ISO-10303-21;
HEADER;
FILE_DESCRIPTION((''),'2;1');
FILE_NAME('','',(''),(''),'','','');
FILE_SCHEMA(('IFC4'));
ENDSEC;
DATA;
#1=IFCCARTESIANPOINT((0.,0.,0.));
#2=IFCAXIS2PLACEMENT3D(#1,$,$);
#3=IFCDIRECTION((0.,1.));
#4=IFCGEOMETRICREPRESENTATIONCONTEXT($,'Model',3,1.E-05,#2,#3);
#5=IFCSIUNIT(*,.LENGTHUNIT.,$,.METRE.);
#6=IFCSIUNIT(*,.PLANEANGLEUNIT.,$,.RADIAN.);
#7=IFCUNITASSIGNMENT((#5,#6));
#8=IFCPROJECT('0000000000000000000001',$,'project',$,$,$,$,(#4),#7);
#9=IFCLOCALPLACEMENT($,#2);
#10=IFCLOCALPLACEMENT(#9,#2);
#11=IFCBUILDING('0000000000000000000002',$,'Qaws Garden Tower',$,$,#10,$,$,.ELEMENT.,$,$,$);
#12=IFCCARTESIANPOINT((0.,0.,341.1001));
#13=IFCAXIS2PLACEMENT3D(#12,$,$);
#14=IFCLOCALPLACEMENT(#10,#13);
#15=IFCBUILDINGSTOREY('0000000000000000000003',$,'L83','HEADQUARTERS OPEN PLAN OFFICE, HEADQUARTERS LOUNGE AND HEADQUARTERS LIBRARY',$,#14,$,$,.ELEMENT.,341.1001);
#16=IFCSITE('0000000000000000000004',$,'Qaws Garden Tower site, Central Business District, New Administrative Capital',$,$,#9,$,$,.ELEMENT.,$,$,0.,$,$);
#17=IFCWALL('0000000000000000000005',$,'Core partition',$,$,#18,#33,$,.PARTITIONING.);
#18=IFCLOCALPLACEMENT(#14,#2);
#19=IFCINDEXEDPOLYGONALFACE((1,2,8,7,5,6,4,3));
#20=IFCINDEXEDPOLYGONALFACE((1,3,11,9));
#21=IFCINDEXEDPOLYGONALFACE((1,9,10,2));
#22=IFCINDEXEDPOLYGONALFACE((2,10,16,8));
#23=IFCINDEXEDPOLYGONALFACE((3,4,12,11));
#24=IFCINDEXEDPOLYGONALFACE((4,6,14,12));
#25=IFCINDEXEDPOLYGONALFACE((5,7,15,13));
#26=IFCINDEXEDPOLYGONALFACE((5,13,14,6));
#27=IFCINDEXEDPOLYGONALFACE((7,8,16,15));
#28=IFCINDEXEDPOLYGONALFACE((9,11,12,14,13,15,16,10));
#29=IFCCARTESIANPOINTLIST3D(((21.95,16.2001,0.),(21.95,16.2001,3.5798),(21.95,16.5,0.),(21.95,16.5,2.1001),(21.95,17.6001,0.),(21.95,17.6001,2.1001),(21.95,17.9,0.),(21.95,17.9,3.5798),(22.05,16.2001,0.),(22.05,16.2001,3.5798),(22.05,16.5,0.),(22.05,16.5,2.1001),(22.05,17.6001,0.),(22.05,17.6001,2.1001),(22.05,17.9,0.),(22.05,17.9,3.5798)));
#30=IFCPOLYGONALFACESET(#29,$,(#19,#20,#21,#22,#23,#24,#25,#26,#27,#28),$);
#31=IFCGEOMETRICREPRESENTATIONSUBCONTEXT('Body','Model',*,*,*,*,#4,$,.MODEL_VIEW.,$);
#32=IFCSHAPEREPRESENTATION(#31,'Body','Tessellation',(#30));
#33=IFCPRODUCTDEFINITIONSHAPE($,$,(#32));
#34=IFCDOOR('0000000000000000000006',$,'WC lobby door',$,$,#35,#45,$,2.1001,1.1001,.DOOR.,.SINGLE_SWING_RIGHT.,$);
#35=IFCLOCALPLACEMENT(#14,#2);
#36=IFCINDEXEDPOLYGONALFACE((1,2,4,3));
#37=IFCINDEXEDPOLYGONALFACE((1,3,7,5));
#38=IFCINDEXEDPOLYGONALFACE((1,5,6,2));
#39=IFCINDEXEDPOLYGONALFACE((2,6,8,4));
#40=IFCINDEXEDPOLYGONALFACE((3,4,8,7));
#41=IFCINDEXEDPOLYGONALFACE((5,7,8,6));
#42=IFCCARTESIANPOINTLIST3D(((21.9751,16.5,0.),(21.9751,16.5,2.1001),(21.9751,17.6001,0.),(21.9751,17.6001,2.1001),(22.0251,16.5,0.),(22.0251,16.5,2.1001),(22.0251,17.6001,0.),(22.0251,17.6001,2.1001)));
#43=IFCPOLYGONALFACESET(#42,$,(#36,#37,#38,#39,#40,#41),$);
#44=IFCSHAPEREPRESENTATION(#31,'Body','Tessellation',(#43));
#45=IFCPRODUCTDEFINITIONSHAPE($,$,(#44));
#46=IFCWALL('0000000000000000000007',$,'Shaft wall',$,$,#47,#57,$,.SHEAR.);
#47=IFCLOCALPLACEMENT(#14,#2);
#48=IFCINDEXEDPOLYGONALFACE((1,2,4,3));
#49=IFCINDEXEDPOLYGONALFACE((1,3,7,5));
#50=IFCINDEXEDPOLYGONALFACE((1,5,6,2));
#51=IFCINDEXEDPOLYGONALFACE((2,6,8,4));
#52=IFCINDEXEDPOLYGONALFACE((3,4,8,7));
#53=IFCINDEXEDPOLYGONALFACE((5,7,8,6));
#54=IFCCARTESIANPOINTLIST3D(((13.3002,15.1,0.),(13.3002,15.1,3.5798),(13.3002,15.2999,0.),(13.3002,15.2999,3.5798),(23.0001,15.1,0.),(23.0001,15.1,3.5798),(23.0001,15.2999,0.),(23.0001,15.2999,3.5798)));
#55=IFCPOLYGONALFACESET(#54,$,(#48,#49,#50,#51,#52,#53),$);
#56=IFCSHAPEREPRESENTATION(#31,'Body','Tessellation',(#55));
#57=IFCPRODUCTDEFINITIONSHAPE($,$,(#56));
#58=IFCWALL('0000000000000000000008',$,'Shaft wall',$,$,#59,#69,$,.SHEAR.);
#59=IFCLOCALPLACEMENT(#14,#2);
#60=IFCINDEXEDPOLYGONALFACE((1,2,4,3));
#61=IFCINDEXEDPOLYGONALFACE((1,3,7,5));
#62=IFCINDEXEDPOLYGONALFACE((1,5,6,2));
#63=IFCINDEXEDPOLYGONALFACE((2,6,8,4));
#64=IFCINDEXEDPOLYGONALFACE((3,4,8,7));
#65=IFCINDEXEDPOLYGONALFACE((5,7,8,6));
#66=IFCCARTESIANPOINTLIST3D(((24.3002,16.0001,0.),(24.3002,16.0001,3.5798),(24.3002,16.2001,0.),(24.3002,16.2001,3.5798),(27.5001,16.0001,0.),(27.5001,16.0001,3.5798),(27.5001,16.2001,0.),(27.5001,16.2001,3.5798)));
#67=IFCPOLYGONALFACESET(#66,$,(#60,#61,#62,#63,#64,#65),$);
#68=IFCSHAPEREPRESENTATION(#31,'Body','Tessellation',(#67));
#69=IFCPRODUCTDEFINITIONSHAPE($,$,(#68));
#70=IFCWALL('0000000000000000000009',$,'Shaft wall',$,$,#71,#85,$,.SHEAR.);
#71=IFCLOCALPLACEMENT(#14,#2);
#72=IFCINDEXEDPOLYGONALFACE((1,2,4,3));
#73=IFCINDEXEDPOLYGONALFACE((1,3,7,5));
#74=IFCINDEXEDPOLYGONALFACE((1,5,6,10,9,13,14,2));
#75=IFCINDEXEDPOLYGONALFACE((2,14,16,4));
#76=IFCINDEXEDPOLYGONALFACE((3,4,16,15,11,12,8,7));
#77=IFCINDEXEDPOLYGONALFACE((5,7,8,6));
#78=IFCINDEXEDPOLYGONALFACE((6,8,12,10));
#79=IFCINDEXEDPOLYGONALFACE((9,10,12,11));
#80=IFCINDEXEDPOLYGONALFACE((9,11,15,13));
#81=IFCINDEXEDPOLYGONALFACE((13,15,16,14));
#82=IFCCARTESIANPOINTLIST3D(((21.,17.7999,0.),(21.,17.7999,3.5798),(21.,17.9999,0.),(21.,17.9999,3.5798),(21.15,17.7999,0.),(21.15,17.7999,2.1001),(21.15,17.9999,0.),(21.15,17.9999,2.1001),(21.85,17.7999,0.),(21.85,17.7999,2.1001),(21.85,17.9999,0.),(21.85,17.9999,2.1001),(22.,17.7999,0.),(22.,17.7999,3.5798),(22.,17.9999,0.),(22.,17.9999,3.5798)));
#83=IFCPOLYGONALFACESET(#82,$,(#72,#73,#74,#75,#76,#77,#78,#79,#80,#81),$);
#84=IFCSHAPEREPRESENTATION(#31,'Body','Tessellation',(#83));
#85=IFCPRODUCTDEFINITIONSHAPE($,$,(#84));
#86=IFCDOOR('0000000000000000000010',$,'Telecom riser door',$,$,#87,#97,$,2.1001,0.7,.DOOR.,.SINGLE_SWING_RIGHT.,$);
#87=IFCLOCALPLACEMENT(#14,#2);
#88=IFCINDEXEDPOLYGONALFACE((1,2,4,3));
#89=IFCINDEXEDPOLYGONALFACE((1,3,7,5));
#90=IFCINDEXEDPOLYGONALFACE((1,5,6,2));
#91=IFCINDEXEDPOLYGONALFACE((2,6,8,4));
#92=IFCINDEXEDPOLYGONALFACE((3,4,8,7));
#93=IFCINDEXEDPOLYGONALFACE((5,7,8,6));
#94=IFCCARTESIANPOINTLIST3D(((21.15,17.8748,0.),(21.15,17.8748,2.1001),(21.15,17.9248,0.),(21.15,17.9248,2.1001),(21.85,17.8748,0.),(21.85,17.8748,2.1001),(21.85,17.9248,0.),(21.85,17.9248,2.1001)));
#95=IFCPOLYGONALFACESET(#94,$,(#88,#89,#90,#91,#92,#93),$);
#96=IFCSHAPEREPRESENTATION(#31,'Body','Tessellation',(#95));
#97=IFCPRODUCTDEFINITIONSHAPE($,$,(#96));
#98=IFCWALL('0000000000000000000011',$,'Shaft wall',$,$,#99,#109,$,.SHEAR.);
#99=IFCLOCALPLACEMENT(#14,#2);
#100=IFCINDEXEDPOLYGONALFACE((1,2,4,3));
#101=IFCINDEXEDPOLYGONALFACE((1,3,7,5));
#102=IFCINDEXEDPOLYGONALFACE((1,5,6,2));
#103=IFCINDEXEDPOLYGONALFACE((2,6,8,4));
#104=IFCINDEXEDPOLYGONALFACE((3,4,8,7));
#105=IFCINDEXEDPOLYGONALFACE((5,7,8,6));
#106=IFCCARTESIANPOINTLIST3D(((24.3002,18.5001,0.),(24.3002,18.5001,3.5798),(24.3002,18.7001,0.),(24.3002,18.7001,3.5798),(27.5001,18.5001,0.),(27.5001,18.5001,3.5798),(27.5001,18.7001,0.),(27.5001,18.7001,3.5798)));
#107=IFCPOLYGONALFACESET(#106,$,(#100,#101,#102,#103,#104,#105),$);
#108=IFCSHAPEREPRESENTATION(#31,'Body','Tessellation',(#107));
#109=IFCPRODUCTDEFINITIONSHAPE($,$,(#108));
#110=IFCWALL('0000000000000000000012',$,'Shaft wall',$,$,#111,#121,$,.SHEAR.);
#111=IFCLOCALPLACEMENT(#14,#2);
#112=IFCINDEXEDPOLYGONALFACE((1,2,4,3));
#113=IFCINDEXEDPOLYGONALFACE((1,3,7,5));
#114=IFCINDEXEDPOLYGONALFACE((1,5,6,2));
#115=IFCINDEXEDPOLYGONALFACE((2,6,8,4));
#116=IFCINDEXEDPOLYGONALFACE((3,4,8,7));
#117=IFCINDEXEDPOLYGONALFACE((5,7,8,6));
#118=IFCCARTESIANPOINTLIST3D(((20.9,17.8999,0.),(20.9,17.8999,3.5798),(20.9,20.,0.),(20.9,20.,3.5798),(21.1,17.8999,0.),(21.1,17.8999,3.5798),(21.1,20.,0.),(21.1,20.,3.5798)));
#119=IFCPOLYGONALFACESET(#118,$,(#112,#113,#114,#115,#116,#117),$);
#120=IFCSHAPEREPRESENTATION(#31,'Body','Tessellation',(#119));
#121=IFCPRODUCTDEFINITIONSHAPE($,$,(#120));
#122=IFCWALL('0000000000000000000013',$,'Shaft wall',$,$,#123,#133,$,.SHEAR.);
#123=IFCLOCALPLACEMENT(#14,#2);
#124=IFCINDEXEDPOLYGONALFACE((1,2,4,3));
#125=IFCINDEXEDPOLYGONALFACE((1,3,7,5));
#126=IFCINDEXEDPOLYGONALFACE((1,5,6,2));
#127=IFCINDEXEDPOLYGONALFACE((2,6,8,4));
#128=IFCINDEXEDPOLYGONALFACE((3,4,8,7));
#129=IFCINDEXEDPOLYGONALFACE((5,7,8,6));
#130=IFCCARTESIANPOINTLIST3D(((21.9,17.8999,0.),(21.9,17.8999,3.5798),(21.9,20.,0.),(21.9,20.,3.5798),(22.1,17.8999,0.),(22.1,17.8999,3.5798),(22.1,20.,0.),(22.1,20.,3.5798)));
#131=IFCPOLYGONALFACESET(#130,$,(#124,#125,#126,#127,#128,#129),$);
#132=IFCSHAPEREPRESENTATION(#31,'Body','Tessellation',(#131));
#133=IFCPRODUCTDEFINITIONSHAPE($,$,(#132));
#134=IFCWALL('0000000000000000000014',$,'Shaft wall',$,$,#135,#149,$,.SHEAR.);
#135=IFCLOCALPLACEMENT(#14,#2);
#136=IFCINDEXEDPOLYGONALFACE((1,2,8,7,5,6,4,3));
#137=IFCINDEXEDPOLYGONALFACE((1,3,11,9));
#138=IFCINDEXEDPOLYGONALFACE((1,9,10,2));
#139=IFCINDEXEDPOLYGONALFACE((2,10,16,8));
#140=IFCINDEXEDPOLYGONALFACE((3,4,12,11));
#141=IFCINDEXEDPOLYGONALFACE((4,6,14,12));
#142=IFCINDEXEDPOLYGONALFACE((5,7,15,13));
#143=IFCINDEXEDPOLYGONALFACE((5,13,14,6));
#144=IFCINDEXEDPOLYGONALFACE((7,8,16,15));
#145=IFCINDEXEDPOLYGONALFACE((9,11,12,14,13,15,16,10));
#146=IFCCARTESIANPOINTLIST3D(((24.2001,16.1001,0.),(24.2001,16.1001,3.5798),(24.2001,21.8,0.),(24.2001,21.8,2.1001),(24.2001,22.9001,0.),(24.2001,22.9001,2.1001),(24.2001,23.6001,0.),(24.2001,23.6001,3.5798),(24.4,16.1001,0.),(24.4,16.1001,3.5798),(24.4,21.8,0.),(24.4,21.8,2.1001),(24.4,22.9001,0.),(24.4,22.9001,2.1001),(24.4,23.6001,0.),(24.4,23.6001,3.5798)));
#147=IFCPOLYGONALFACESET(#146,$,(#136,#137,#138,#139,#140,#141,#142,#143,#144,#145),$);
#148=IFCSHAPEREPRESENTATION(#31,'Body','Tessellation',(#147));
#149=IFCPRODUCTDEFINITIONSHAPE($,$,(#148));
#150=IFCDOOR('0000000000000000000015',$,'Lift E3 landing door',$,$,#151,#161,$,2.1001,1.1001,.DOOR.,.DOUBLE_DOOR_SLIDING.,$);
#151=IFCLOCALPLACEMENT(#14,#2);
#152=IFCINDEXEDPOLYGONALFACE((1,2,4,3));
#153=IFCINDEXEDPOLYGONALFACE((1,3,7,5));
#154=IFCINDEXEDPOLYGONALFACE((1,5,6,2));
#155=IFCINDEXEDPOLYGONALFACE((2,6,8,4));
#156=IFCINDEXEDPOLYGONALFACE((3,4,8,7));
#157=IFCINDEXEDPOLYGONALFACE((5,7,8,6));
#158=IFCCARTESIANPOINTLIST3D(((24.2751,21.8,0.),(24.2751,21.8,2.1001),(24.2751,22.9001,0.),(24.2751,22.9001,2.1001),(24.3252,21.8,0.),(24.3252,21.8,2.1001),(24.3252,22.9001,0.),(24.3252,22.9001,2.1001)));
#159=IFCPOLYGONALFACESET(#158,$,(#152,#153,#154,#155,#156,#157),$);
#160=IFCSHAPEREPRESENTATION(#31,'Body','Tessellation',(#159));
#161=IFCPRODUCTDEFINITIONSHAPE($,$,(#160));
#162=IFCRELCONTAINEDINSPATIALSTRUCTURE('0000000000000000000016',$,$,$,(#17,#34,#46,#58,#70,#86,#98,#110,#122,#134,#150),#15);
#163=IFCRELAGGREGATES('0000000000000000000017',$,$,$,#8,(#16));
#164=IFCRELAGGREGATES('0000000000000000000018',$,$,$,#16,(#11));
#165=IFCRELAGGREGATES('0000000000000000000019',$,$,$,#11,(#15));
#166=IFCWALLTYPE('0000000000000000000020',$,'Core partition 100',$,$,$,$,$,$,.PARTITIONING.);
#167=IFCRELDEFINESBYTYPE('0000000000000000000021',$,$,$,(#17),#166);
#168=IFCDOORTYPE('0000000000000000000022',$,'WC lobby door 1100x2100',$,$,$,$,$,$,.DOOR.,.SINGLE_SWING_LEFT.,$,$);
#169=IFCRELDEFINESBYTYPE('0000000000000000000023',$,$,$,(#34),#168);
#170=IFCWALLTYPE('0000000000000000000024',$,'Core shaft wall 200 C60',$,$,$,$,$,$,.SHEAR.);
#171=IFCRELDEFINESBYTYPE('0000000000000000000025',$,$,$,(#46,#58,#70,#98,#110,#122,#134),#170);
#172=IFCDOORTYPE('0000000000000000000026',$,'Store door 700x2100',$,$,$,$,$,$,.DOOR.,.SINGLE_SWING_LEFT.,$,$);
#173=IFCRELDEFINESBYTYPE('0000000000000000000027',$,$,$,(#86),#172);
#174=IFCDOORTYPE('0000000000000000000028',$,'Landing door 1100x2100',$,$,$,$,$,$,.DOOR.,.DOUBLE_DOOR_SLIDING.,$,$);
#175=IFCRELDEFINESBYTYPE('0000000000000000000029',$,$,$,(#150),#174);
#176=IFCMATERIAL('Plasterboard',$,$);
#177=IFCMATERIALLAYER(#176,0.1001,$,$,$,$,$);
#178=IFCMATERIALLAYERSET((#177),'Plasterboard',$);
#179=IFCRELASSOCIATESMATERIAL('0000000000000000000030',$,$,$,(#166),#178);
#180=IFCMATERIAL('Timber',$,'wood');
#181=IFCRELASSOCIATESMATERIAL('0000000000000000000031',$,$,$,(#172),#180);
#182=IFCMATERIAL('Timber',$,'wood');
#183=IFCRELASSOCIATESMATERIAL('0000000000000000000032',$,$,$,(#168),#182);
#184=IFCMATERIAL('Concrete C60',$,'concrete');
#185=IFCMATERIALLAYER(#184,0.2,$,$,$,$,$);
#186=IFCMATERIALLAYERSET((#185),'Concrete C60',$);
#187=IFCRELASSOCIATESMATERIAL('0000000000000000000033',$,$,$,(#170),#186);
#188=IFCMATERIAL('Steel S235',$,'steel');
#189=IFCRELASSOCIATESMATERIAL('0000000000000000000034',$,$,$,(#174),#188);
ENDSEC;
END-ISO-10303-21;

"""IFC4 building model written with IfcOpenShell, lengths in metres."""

from ifc_helpers import new_model, si_unit, direction, frame, frame_2d, origin, place, context, subcontext, project, spatial, rectangle, extrude, material, layer, layer_set, type_object, element, fill, save


model = new_model("IFC4")

# Units and contexts
model_context = context("Model", 3, precision=1e-05, world=origin(), true_north=direction((0.0, 1.0)))
body_context = subcontext(model_context, "Body", "Model", "MODEL_VIEW")
ifc_project = project(units=[si_unit("LENGTHUNIT", "METRE"), si_unit("PLANEANGLEUNIT", "RADIAN")], contexts=[model_context])

# Site, building, storey
site_placement = place(None, origin())
site = spatial("IfcSite", under=ifc_project, at=site_placement, Name="Qaws Garden Tower site, Central Business District, New Administrative Capital", CompositionType="ELEMENT", RefElevation=0.0)
building_placement = place(site_placement, origin())
building = spatial("IfcBuilding", under=site, at=building_placement, Name="Qaws Garden Tower", CompositionType="ELEMENT")
storey_placement = place(building_placement, frame((0.0, 0.0, 341.1001)))
storey = spatial("IfcBuildingStorey", under=building, at=storey_placement, Name="L83", Description="HEADQUARTERS OPEN PLAN OFFICE, HEADQUARTERS LOUNGE AND HEADQUARTERS LIBRARY", CompositionType="ELEMENT", Elevation=341.1001)

# Shared definitions
ifc_material_1 = material(Name="Plasterboard")
ifc_layer_1 = layer(ifc_material_1, 0.1001)
ifc_layer_set_1 = layer_set([ifc_layer_1], Name="Plasterboard")
wall_type_1 = type_object("IfcWallType", Name="Core partition 100", PredefinedType="PARTITIONING", material=ifc_layer_set_1)

# Shared definitions
ifc_material_2 = material(Name="Timber", Category="wood")
door_type_1 = type_object("IfcDoorType", Name="Store door 700x2100", OperationType="SINGLE_SWING_LEFT", PredefinedType="DOOR", material=ifc_material_2)

# Wall, opening, door
wall_1_placement = place(storey_placement, frame((22.0, 16.2, 0.0), z_axis=(0.0, 0.0, 1.0), x_axis=(0.0, 1.0, 0.0)))
wall_1 = element("IfcWall", 1, at=wall_1_placement, inside=storey, type_object=wall_type_1, Name="Core partition", PredefinedType="PARTITIONING", context=body_context, shape_type="SweptSolid", body=[
    extrude(rectangle(XDim=1.7, YDim=0.1001, at=frame_2d((0.8501, 0.0))), origin(), (0.0, 0.0, 1.0), 3.5798),
])
opening_1_placement = place(wall_1_placement, frame((0.3, 0.0, 0.0)))
opening_1 = element("IfcOpeningElement", 2, at=opening_1_placement, cuts=wall_1, PredefinedType="OPENING", context=body_context, shape_type="SweptSolid", body=[
    extrude(rectangle(XDim=1.1001, YDim=2.1001, at=frame_2d((0.55, 1.05))), frame((0.0, 0.0601, 0.0), z_axis=(0.0, -1.0, 0.0), x_axis=(1.0, 0.0, 0.0)), (0.0, 0.0, 1.0), 0.1201),
])
ifc_material_3 = material(Name="Timber", Category="wood")
door_type_2 = type_object("IfcDoorType", Name="WC lobby door 1100x2100", OperationType="SINGLE_SWING_LEFT", PredefinedType="DOOR", material=ifc_material_3)
door_1_placement = place(opening_1_placement, origin())
door_1 = element("IfcDoor", 3, at=door_1_placement, inside=storey, type_object=door_type_2, Name="WC lobby door", OperationType="SINGLE_SWING_RIGHT", OverallHeight=2.1001, OverallWidth=1.1001, PredefinedType="DOOR", context=body_context, shape_type="SweptSolid", body=[
    extrude(rectangle(XDim=1.1001, YDim=2.1001, at=frame_2d((0.55, 1.05))), frame((0.0, 0.0249, 0.0), z_axis=(0.0, -1.0, 0.0), x_axis=(1.0, 0.0, 0.0)), (0.0, 0.0, 1.0), 0.05),
])
fill(opening_1, door_1)

# Walls
ifc_material_4 = material(Name="Concrete C60", Category="concrete")
ifc_layer_2 = layer(ifc_material_4, 0.2)
ifc_layer_set_2 = layer_set([ifc_layer_2], Name="Concrete C60")
wall_type_2 = type_object("IfcWallType", Name="Core shaft wall 200 C60", PredefinedType="SHEAR", material=ifc_layer_set_2)
wall_2_placement = place(storey_placement, frame((13.3, 15.2, 0.0), z_axis=(0.0, 0.0, 1.0), x_axis=(1.0, 0.0, 0.0)))
element("IfcWall", 4, at=wall_2_placement, inside=storey, type_object=wall_type_2, Name="Shaft wall", PredefinedType="SHEAR", context=body_context, shape_type="SweptSolid", body=[
    extrude(rectangle(XDim=9.7, YDim=0.2, at=frame_2d((4.8501, 0.0))), origin(), (0.0, 0.0, 1.0), 3.5798),
])
wall_3_placement = place(storey_placement, frame((24.3, 16.1001, 0.0), z_axis=(0.0, 0.0, 1.0), x_axis=(1.0, 0.0, 0.0)))
element("IfcWall", 5, at=wall_3_placement, inside=storey, type_object=wall_type_2, Name="Shaft wall", PredefinedType="SHEAR", context=body_context, shape_type="SweptSolid", body=[
    extrude(rectangle(XDim=3.2, YDim=0.2, at=frame_2d((1.6001, 0.0))), origin(), (0.0, 0.0, 1.0), 3.5798),
])

# Wall, opening, door
wall_4_placement = place(storey_placement, frame((21.0, 17.8999, 0.0), z_axis=(0.0, 0.0, 1.0), x_axis=(1.0, 0.0, 0.0)))
wall_4 = element("IfcWall", 6, at=wall_4_placement, inside=storey, type_object=wall_type_2, Name="Shaft wall", PredefinedType="SHEAR", context=body_context, shape_type="SweptSolid", body=[
    extrude(rectangle(XDim=1.0, YDim=0.2, at=frame_2d((0.5, 0.0))), origin(), (0.0, 0.0, 1.0), 3.5798),
])
opening_2_placement = place(wall_4_placement, frame((0.1499, 0.0, 0.0)))
opening_2 = element("IfcOpeningElement", 7, at=opening_2_placement, cuts=wall_4, PredefinedType="OPENING", context=body_context, shape_type="SweptSolid", body=[
    extrude(rectangle(XDim=0.7, YDim=2.1001, at=frame_2d((0.3501, 1.05))), frame((0.0, 0.1099, 0.0), z_axis=(0.0, -1.0, 0.0), x_axis=(1.0, 0.0, 0.0)), (0.0, 0.0, 1.0), 0.22),
])
door_2_placement = place(opening_2_placement, origin())
door_2 = element("IfcDoor", 8, at=door_2_placement, inside=storey, type_object=door_type_1, Name="Telecom riser door", OperationType="SINGLE_SWING_RIGHT", OverallHeight=2.1001, OverallWidth=0.7, PredefinedType="DOOR", context=body_context, shape_type="SweptSolid", body=[
    extrude(rectangle(XDim=0.7, YDim=2.1001, at=frame_2d((0.3501, 1.05))), frame((0.0, 0.0249, 0.0), z_axis=(0.0, -1.0, 0.0), x_axis=(1.0, 0.0, 0.0)), (0.0, 0.0, 1.0), 0.05),
])
fill(opening_2, door_2)

# Walls
wall_5_placement = place(storey_placement, frame((24.3, 18.6001, 0.0), z_axis=(0.0, 0.0, 1.0), x_axis=(1.0, 0.0, 0.0)))
element("IfcWall", 9, at=wall_5_placement, inside=storey, type_object=wall_type_2, Name="Shaft wall", PredefinedType="SHEAR", context=body_context, shape_type="SweptSolid", body=[
    extrude(rectangle(XDim=3.2, YDim=0.2, at=frame_2d((1.6001, 0.0))), origin(), (0.0, 0.0, 1.0), 3.5798),
])
for number, where, z_axis, x_axis, name in (
    (10, (21.0, 17.8999, 0.0), (0.0, 0.0, 1.0), (0.0, 1.0, 0.0), "Shaft wall"),
    (11, (22.0, 17.8999, 0.0), (0.0, 0.0, 1.0), (0.0, 1.0, 0.0), "Shaft wall"),
):
    element("IfcWall", number, at=place(storey_placement, frame(where, z_axis=z_axis, x_axis=x_axis)), inside=storey, type_object=wall_type_2, Name=name, PredefinedType="SHEAR", context=body_context, shape_type="SweptSolid", body=[
        extrude(rectangle(XDim=2.1001, YDim=0.2, at=frame_2d((1.05, 0.0))), origin(), (0.0, 0.0, 1.0), 3.5798),
    ])

# Wall, opening, door
wall_6_placement = place(storey_placement, frame((24.3, 16.1001, 0.0), z_axis=(0.0, 0.0, 1.0), x_axis=(0.0, 1.0, 0.0)))
wall_6 = element("IfcWall", 12, at=wall_6_placement, inside=storey, type_object=wall_type_2, Name="Shaft wall", PredefinedType="SHEAR", context=body_context, shape_type="SweptSolid", body=[
    extrude(rectangle(XDim=7.5, YDim=0.2, at=frame_2d((3.75, 0.0))), origin(), (0.0, 0.0, 1.0), 3.5798),
])
opening_3_placement = place(wall_6_placement, frame((5.7, 0.0, 0.0)))
opening_3 = element("IfcOpeningElement", 13, at=opening_3_placement, cuts=wall_6, PredefinedType="OPENING", context=body_context, shape_type="SweptSolid", body=[
    extrude(rectangle(XDim=1.1001, YDim=2.1001, at=frame_2d((0.55, 1.05))), frame((0.0, 0.1099, 0.0), z_axis=(0.0, -1.0, 0.0), x_axis=(1.0, 0.0, 0.0)), (0.0, 0.0, 1.0), 0.22),
])
ifc_material_5 = material(Name="Steel S235", Category="steel")
door_type_3 = type_object("IfcDoorType", Name="Landing door 1100x2100", OperationType="DOUBLE_DOOR_SLIDING", PredefinedType="DOOR", material=ifc_material_5)
door_3_placement = place(opening_3_placement, origin())
door_3 = element("IfcDoor", 14, at=door_3_placement, inside=storey, type_object=door_type_3, Name="Lift E3 landing door", OperationType="DOUBLE_DOOR_SLIDING", OverallHeight=2.1001, OverallWidth=1.1001, PredefinedType="DOOR", context=body_context, shape_type="SweptSolid", body=[
    extrude(rectangle(XDim=1.1001, YDim=2.1001, at=frame_2d((0.55, 1.05))), frame((0.0, 0.0249, 0.0), z_axis=(0.0, -1.0, 0.0), x_axis=(1.0, 0.0, 0.0)), (0.0, 0.0, 1.0), 0.05),
])
fill(opening_3, door_3)

save(model, "model.ifc")
